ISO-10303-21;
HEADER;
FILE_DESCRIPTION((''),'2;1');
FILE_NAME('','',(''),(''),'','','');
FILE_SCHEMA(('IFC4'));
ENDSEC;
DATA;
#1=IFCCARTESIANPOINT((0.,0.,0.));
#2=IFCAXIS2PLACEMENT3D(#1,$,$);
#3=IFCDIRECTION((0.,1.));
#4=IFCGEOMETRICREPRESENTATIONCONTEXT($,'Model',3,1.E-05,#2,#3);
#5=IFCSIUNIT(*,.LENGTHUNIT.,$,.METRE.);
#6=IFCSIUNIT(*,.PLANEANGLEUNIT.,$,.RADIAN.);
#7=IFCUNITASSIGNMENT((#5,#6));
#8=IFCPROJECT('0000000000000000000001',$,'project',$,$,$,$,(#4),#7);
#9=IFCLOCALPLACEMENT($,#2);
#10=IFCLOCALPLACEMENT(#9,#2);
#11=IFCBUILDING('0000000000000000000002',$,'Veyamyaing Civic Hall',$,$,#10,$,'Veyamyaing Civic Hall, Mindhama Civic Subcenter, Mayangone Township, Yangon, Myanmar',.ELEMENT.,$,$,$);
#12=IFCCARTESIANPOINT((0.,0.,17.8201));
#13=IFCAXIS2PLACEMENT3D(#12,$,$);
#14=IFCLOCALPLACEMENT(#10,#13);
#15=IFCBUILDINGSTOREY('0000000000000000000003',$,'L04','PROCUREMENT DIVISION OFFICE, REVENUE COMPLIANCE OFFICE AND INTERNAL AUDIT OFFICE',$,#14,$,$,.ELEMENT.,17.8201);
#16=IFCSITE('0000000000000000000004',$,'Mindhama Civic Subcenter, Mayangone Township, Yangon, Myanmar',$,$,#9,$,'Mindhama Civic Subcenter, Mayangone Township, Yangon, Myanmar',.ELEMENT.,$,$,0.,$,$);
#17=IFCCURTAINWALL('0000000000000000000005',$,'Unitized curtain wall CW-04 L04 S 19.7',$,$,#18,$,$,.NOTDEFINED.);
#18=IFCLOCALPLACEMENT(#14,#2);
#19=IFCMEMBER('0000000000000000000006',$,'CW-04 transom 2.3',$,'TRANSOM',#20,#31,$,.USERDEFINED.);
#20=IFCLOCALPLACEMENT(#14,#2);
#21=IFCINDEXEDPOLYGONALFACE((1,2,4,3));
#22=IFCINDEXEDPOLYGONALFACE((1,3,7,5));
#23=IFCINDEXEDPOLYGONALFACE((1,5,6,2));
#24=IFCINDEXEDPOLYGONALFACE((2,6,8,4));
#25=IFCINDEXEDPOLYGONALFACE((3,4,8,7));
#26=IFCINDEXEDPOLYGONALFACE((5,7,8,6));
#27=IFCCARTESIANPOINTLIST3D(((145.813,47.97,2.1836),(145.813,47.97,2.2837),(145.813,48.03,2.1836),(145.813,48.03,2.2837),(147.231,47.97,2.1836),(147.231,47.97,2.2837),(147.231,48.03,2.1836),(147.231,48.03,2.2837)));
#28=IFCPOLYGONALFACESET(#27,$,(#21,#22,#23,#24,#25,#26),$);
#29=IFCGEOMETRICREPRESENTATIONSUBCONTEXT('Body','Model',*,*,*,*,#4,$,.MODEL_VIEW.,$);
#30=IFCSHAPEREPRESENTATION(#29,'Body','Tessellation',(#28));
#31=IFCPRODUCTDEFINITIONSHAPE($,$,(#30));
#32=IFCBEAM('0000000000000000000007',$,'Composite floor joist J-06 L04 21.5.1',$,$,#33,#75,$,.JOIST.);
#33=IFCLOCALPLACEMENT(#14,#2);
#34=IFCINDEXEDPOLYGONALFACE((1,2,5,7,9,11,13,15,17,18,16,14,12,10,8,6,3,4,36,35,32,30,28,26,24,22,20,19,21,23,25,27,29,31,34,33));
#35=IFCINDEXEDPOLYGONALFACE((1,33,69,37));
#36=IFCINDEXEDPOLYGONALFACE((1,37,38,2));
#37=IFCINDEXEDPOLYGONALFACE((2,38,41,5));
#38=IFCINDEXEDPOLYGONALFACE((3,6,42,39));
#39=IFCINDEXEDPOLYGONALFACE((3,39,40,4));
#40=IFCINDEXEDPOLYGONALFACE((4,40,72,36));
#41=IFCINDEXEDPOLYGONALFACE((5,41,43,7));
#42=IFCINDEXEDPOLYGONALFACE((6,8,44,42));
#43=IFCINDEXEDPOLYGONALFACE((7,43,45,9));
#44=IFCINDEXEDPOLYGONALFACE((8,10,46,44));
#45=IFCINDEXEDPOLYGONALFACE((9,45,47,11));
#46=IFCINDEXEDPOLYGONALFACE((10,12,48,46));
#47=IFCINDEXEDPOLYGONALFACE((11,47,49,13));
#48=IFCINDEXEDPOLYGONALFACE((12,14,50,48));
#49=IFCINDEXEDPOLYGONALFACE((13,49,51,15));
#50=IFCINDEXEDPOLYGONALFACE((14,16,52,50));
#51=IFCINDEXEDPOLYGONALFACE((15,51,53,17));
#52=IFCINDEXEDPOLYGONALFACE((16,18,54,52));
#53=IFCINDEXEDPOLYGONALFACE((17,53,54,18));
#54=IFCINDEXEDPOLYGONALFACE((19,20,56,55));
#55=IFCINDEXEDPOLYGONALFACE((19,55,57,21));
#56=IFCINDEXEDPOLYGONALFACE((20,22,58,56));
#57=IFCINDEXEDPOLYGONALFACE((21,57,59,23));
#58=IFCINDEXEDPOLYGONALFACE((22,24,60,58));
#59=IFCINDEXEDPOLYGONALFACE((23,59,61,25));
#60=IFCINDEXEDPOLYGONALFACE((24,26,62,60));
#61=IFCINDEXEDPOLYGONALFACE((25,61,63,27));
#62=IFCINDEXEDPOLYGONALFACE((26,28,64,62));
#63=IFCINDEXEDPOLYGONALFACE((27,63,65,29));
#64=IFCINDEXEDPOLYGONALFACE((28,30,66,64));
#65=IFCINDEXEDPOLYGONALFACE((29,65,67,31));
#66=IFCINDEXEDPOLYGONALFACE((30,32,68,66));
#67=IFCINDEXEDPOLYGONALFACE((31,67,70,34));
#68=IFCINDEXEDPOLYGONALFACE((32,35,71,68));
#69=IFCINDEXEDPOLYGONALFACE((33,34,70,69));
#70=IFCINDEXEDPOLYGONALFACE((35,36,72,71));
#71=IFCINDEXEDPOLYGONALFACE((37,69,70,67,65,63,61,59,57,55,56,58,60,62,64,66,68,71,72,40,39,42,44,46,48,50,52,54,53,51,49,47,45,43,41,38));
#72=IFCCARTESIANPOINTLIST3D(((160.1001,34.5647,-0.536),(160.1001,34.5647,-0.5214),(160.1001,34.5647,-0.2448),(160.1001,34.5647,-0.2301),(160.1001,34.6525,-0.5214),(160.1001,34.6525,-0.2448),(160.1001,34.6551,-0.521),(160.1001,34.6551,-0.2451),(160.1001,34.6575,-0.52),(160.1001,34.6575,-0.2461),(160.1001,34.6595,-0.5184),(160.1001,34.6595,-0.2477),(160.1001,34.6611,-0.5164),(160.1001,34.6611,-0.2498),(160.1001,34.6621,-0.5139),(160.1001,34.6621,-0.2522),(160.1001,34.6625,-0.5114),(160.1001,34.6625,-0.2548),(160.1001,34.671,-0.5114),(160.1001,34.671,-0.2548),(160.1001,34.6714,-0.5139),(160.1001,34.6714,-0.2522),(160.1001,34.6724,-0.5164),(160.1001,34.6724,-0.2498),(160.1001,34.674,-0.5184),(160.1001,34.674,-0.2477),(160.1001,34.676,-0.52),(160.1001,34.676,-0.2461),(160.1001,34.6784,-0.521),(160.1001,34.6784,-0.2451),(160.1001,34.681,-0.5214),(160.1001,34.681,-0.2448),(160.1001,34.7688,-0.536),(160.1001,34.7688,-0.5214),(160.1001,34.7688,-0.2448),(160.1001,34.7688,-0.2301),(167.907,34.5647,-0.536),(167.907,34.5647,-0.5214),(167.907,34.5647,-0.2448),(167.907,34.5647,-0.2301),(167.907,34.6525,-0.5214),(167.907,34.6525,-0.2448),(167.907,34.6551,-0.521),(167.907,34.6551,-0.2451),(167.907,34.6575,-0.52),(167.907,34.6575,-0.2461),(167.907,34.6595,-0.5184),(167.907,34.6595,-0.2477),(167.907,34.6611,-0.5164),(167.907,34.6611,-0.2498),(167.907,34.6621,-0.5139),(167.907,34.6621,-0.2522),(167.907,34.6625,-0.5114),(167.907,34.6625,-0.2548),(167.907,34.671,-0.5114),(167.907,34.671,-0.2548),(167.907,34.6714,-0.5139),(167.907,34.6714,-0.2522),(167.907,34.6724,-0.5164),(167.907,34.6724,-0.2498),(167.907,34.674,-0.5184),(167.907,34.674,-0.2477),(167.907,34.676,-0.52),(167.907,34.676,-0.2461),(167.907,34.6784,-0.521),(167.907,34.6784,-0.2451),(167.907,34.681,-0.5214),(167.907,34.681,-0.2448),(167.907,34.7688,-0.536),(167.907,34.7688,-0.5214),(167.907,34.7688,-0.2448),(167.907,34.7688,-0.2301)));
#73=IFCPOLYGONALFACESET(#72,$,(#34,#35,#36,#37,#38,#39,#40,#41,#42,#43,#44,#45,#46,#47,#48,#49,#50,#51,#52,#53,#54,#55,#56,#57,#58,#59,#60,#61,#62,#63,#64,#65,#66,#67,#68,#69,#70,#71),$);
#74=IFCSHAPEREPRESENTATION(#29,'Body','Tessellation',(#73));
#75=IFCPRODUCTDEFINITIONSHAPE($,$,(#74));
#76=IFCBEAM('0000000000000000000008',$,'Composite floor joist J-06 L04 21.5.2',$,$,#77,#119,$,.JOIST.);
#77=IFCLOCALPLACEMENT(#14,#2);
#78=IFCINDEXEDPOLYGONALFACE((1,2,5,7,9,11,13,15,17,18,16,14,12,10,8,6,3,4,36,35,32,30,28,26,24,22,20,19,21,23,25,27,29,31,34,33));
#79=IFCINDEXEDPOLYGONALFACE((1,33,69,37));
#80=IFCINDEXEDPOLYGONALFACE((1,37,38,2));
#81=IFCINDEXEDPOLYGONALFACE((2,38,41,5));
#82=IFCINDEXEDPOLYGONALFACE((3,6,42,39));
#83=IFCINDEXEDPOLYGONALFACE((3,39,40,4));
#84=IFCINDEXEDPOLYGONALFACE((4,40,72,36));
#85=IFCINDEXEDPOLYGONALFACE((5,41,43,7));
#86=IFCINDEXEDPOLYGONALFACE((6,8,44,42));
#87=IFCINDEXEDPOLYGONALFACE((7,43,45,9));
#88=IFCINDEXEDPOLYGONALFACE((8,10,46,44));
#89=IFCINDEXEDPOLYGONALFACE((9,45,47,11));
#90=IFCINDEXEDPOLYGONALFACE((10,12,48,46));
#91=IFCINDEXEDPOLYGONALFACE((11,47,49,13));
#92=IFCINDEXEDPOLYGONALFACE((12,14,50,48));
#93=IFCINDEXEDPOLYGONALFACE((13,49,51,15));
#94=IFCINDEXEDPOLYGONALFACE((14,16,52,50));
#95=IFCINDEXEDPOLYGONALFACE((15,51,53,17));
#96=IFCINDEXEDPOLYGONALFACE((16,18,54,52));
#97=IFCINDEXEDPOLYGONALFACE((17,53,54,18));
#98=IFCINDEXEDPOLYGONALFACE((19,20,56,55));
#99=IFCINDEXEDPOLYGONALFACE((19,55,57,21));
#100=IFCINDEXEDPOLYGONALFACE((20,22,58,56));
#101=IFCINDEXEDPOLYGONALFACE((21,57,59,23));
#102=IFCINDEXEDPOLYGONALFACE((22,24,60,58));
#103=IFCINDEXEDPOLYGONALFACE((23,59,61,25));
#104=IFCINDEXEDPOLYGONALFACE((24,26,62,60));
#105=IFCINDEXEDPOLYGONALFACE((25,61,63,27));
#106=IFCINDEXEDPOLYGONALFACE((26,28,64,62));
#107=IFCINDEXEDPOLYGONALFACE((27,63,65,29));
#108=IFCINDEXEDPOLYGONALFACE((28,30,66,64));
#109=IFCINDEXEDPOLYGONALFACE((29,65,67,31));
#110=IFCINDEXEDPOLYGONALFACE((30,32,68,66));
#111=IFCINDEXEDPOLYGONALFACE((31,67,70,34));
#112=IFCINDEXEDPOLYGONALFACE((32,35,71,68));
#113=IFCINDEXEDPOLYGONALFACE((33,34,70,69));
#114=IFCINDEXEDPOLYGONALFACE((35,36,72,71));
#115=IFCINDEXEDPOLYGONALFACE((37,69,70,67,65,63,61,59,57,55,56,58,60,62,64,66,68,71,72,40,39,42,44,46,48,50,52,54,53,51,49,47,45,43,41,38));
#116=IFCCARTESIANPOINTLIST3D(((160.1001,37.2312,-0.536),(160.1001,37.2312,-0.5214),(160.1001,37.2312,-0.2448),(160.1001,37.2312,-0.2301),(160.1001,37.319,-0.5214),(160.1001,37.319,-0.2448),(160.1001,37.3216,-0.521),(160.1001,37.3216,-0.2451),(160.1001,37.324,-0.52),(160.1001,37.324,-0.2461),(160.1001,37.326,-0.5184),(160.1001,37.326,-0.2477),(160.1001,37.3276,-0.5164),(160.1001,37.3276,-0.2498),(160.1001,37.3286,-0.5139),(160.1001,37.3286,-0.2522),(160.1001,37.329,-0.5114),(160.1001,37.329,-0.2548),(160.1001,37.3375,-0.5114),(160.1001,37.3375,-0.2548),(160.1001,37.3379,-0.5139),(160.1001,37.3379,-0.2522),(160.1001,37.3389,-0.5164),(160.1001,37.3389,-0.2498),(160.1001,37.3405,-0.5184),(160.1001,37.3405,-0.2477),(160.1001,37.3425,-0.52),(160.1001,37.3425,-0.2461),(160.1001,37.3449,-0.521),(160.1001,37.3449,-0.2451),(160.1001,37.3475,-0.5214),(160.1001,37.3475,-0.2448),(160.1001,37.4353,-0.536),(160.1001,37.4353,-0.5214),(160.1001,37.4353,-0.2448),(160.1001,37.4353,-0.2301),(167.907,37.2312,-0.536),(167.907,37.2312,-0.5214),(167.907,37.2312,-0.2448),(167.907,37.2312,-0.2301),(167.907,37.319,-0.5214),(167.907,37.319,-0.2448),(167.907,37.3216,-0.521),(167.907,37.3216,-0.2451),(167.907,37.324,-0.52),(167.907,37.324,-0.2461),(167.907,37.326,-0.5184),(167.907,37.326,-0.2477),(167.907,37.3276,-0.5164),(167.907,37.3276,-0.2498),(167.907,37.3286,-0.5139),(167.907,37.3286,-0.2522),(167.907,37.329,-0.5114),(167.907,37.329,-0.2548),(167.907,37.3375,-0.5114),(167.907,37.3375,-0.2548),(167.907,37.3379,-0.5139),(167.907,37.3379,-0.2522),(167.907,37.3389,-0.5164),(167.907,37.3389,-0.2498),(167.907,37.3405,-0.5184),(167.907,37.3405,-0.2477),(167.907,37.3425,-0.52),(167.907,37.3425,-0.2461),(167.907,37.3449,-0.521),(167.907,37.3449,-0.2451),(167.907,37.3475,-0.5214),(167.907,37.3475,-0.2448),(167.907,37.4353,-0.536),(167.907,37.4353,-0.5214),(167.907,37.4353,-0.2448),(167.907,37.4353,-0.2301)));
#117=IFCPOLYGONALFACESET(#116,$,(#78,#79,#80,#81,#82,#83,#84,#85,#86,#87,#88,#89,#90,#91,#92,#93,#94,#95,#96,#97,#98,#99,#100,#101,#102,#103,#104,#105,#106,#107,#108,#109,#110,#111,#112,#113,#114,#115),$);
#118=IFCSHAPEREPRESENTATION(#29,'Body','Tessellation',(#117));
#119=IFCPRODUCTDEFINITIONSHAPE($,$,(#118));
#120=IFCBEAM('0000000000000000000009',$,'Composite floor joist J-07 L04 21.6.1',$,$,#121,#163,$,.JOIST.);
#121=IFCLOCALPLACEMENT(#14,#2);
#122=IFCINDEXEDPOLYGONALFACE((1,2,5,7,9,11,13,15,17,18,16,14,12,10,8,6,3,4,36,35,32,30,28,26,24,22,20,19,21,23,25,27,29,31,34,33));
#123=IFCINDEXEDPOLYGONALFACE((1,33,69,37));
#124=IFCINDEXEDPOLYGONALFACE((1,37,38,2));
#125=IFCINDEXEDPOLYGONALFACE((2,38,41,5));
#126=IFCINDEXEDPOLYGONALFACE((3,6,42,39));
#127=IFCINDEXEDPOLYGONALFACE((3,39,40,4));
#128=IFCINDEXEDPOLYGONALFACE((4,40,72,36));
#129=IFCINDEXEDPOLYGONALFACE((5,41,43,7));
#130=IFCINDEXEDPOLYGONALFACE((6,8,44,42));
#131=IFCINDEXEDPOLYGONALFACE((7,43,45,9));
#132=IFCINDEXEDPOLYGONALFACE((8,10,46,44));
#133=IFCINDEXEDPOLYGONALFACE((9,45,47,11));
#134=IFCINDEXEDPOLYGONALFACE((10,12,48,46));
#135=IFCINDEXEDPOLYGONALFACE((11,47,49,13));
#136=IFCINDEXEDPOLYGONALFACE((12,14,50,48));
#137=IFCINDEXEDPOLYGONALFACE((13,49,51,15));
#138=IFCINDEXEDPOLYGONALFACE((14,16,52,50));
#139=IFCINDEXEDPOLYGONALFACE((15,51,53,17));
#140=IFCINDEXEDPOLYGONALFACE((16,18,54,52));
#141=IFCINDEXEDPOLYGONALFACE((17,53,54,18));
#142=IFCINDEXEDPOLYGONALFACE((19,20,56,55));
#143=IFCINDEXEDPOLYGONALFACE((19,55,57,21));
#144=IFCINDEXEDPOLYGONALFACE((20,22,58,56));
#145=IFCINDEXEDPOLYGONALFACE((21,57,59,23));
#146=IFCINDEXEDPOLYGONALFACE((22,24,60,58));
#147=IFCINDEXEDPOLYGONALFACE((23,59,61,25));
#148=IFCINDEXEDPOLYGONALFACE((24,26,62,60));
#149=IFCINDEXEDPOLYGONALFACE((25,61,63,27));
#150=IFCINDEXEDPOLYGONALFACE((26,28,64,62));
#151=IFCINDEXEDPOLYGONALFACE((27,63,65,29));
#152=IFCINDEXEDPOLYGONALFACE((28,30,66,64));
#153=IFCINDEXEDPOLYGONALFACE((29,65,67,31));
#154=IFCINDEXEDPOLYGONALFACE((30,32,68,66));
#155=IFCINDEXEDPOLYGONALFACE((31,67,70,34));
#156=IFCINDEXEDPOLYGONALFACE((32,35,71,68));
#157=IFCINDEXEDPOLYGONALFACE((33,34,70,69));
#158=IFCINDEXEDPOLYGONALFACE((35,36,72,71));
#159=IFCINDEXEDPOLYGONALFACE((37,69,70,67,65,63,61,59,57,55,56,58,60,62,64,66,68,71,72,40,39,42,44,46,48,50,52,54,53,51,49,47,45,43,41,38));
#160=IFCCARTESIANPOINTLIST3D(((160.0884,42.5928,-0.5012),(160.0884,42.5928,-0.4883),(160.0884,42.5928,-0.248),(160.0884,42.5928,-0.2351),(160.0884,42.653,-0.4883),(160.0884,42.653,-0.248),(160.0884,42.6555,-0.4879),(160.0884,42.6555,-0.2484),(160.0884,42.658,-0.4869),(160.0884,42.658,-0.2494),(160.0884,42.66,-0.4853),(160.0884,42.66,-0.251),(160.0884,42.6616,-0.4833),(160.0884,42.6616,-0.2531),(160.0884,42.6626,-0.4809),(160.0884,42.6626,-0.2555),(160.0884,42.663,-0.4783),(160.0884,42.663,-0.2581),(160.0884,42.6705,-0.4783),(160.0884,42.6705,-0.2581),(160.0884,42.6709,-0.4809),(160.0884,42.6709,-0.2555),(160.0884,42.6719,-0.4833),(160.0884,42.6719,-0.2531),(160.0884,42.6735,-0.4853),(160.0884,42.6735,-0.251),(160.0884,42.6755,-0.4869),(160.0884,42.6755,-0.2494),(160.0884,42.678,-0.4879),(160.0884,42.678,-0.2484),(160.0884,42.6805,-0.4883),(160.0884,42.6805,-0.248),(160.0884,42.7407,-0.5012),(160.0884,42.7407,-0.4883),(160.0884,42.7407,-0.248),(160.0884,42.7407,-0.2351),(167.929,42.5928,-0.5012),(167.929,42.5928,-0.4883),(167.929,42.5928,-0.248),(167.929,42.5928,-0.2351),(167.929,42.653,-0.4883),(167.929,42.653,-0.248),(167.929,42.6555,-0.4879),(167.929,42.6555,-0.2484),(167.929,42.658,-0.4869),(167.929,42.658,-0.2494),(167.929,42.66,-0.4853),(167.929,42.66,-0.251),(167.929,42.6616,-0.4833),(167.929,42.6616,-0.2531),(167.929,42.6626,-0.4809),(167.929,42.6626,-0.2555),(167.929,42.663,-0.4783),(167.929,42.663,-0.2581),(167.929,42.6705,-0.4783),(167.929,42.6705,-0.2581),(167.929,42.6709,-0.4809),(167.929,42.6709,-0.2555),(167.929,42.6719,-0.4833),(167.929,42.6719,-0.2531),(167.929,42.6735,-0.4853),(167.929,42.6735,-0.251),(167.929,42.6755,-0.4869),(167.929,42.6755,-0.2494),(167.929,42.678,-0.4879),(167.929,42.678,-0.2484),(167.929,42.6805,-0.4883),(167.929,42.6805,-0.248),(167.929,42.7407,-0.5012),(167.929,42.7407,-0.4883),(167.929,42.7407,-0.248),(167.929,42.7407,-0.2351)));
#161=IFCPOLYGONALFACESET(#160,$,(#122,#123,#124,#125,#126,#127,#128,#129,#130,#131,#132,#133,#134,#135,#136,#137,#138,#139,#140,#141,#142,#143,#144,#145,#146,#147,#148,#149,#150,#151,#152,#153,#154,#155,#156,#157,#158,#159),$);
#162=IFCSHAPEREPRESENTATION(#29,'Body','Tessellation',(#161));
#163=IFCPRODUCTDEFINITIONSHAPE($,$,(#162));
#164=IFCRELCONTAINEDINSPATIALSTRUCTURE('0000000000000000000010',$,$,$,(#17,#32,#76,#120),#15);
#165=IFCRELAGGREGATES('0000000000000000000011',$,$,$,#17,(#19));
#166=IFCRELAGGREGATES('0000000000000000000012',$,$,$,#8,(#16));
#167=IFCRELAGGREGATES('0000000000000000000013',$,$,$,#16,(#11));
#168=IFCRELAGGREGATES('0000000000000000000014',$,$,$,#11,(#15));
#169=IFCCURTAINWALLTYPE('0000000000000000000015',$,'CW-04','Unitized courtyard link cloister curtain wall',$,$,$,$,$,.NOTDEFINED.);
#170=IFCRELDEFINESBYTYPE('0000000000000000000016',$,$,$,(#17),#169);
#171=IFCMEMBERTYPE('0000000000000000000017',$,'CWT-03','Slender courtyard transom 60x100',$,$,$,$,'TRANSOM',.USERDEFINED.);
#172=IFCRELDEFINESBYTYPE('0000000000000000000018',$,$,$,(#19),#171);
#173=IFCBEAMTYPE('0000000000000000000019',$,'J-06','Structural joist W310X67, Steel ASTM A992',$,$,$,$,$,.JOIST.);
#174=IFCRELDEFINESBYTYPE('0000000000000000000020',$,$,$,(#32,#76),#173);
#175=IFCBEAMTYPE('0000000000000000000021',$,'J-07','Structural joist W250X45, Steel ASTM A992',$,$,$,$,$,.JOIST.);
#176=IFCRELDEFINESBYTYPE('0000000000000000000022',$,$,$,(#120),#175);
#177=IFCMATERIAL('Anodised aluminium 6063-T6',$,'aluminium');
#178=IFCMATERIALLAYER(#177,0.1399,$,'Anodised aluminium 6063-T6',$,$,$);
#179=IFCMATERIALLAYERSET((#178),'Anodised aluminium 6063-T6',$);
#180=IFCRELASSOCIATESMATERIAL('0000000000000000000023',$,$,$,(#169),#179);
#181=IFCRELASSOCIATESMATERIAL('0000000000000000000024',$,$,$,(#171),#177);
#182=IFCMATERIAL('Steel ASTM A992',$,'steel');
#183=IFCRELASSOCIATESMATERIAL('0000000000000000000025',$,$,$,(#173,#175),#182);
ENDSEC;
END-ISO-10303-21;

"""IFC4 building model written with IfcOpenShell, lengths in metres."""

from ifc_helpers import new_model, si_unit, direction, frame, origin, origin_2d, place, context, subcontext, project, spatial, rectangle, i_section, extrude, material, layer, layer_set, material_profile, profile_set, type_object, element, aggregate, save


model = new_model("IFC4")

# Units and contexts
model_context = context("Model", 3, precision=1e-05, world=origin(), true_north=direction((0.0, 1.0)))
body_context = subcontext(model_context, "Body", "Model", "MODEL_VIEW")
ifc_project = project(units=[si_unit("LENGTHUNIT", "METRE"), si_unit("PLANEANGLEUNIT", "RADIAN")], contexts=[model_context])

# Site, building, storey
site_placement = place(None, origin())
site = spatial("IfcSite", under=ifc_project, at=site_placement, Name="Mindhama Civic Subcenter, Mayangone Township, Yangon, Myanmar", LongName="Mindhama Civic Subcenter, Mayangone Township, Yangon, Myanmar", CompositionType="ELEMENT", RefElevation=0.0)
building_placement = place(site_placement, origin())
building = spatial("IfcBuilding", under=site, at=building_placement, Name="Veyamyaing Civic Hall", LongName="Veyamyaing Civic Hall, Mindhama Civic Subcenter, Mayangone Township, Yangon, Myanmar", CompositionType="ELEMENT")
storey_placement = place(building_placement, frame((0.0, 0.0, 17.8201)))
storey = spatial("IfcBuildingStorey", under=building, at=storey_placement, Name="L04", Description="PROCUREMENT DIVISION OFFICE, REVENUE COMPLIANCE OFFICE AND INTERNAL AUDIT OFFICE", CompositionType="ELEMENT", Elevation=17.8201)

# Shared definitions
ifc_material_1 = material(Name="Steel ASTM A992", Category="steel")

# Curtain wall, member
ifc_material_2 = material(Name="Anodised aluminium 6063-T6", Category="aluminium")
ifc_layer_1 = layer(ifc_material_2, 0.1399, Name="Anodised aluminium 6063-T6")
ifc_layer_set_1 = layer_set([ifc_layer_1], Name="Anodised aluminium 6063-T6")
curtain_wall_type = type_object("IfcCurtainWallType", Name="CW-04", Description="Unitized courtyard link cloister curtain wall", PredefinedType="NOTDEFINED", material=ifc_layer_set_1)
curtain_wall_placement = place(storey_placement, origin())
curtain_wall = element("IfcCurtainWall", 1, at=curtain_wall_placement, inside=storey, type_object=curtain_wall_type, Name="Unitized curtain wall CW-04 L04 S 19.7", PredefinedType="NOTDEFINED")
ifc_material_profile_1 = material_profile(ifc_material_2, rectangle(XDim=0.0601, YDim=0.1001, at=origin_2d()), Name="ALU-TRN-60X100")
ifc_profile_set_1 = profile_set([ifc_material_profile_1], Name="Anodised aluminium 6063-T6")
member_type_1 = type_object("IfcMemberType", Name="CWT-03", Description="Slender courtyard transom 60x100", ElementType="TRANSOM", PredefinedType="USERDEFINED", material=ifc_profile_set_1)
member_1_placement = place(storey_placement, frame((145.813, 48.0, 2.2336), z_axis=(1.0, 0.0, 0.0), x_axis=(0.0, 1.0, 0.0)))
member_1 = element("IfcMember", 2, at=member_1_placement, type_object=member_type_1, Name="CW-04 transom 2.3", ObjectType="TRANSOM", PredefinedType="USERDEFINED", context=body_context, shape_type="SweptSolid", body=[
    extrude(rectangle(XDim=0.0601, YDim=0.1001, at=origin_2d()), origin(), (0.0, 0.0, 1.0), 1.418),
])

# Beams
ifc_material_profile_2 = material_profile(ifc_material_1, i_section(OverallWidth=0.2041, OverallDepth=0.3059, WebThickness=0.0085, FlangeThickness=0.0146, FilletRadius=0.01, at=origin_2d()), Name="W310X67")
ifc_profile_set_2 = profile_set([ifc_material_profile_2], Name="Steel ASTM A992")
beam_type_1 = type_object("IfcBeamType", Name="J-06", Description="Structural joist W310X67, Steel ASTM A992", PredefinedType="JOIST", material=ifc_profile_set_2)
for number, where, z_axis, x_axis, name in (
    (3, (160.1001, 34.6667, -0.3831), (1.0, 0.0, 0.0), (0.0, 1.0, 0.0), "Composite floor joist J-06 L04 21.5.1"),
    (4, (160.1001, 37.3333, -0.3831), (1.0, 0.0, 0.0), (0.0, 1.0, 0.0), "Composite floor joist J-06 L04 21.5.2"),
):
    element("IfcBeam", number, at=place(storey_placement, frame(where, z_axis=z_axis, x_axis=x_axis)), inside=storey, type_object=beam_type_1, Name=name, PredefinedType="JOIST", context=body_context, shape_type="SweptSolid", body=[
        extrude(i_section(OverallWidth=0.2041, OverallDepth=0.3059, WebThickness=0.0085, FlangeThickness=0.0146, FilletRadius=0.01, at=origin_2d()), origin(), (0.0, 0.0, 1.0), 7.8069),
    ])
ifc_material_profile_3 = material_profile(ifc_material_1, i_section(OverallWidth=0.1479, OverallDepth=0.2661, WebThickness=0.0076, FlangeThickness=0.0129, FilletRadius=0.01, at=origin_2d()), Name="W250X45")
ifc_profile_set_3 = profile_set([ifc_material_profile_3], Name="Steel ASTM A992")
beam_type_2 = type_object("IfcBeamType", Name="J-07", Description="Structural joist W250X45, Steel ASTM A992", PredefinedType="JOIST", material=ifc_profile_set_3)
for number, where, z_axis, x_axis, name in (
    (5, (160.0884, 42.6667, -0.3682), (1.0, 0.0, 0.0), (0.0, 1.0, 0.0), "Composite floor joist J-07 L04 21.6.1"),
):
    element("IfcBeam", number, at=place(storey_placement, frame(where, z_axis=z_axis, x_axis=x_axis)), inside=storey, type_object=beam_type_2, Name=name, PredefinedType="JOIST", context=body_context, shape_type="SweptSolid", body=[
        extrude(i_section(OverallWidth=0.1479, OverallDepth=0.2661, WebThickness=0.0076, FlangeThickness=0.0129, FilletRadius=0.01, at=origin_2d()), origin(), (0.0, 0.0, 1.0), 7.8406),
    ])

aggregate(curtain_wall, [member_1])

save(model, "model.ifc")
